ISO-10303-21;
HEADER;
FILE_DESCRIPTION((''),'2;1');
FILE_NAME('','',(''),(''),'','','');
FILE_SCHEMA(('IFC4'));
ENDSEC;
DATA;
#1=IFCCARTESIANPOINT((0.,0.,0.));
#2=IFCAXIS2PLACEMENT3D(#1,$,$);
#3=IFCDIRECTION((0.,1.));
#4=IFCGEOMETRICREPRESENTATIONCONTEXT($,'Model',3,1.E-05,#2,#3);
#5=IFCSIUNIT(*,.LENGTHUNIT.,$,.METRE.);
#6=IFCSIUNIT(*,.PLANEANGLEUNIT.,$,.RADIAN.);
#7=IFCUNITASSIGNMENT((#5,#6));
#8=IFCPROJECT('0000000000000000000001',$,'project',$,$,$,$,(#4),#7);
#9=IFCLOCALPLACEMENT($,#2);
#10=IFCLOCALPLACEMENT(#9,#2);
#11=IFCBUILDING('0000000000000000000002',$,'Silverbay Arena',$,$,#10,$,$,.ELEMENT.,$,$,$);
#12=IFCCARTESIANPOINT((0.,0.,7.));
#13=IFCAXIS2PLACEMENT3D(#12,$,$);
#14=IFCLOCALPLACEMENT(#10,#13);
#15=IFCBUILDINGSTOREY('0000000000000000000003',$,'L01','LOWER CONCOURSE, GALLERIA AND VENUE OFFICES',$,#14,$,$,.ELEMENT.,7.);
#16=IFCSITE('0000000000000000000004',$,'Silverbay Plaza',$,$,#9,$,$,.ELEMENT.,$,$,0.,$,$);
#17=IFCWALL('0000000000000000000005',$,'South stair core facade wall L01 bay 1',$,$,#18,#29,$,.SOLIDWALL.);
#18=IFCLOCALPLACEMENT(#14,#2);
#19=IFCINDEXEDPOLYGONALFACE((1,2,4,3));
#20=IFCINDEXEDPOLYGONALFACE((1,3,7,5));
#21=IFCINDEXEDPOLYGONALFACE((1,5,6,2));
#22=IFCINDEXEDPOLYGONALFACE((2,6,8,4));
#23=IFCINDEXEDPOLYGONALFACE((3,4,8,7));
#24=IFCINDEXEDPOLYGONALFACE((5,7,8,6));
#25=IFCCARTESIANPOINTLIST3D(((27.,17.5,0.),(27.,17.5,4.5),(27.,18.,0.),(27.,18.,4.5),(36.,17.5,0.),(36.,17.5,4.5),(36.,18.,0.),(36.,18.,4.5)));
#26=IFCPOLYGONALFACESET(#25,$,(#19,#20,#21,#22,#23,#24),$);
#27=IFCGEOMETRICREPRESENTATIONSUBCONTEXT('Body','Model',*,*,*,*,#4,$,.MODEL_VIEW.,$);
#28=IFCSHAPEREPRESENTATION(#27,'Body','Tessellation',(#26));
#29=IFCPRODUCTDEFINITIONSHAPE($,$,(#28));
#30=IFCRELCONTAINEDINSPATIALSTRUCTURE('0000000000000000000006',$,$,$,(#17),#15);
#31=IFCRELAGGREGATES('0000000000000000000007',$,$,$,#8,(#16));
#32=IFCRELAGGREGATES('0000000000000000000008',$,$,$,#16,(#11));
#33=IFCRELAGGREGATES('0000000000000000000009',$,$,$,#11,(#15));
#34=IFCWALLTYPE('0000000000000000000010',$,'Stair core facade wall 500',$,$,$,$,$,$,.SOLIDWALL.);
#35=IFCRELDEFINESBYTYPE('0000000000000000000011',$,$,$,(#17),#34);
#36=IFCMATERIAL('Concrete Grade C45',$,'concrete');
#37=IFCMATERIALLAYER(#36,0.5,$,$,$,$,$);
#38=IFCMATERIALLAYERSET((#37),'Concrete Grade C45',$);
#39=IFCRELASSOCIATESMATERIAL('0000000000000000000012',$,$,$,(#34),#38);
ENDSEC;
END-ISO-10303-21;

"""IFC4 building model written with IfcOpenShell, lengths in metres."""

from ifc_helpers import new_model, si_unit, direction, frame, frame_2d, origin, place, context, subcontext, project, spatial, rectangle, extrude, material, layer, layer_set, type_object, element, save


model = new_model("IFC4")

# Units and contexts
model_context = context("Model", 3, precision=1e-05, world=origin(), true_north=direction((0.0, 1.0)))
body_context = subcontext(model_context, "Body", "Model", "MODEL_VIEW")
ifc_project = project(units=[si_unit("LENGTHUNIT", "METRE"), si_unit("PLANEANGLEUNIT", "RADIAN")], contexts=[model_context])

# Site, building, storey
site_placement = place(None, origin())
site = spatial("IfcSite", under=ifc_project, at=site_placement, Name="Silverbay Plaza", CompositionType="ELEMENT", RefElevation=0.0)
building_placement = place(site_placement, origin())
building = spatial("IfcBuilding", under=site, at=building_placement, Name="Silverbay Arena", CompositionType="ELEMENT")
storey_placement = place(building_placement, frame((0.0, 0.0, 7.0)))
storey = spatial("IfcBuildingStorey", under=building, at=storey_placement, Name="L01", Description="LOWER CONCOURSE, GALLERIA AND VENUE OFFICES", CompositionType="ELEMENT", Elevation=7.0)

# Wall
ifc_material_1 = material(Name="Concrete Grade C45", Category="concrete")
ifc_layer_1 = layer(ifc_material_1, 0.5)
ifc_layer_set_1 = layer_set([ifc_layer_1], Name="Concrete Grade C45")
wall_type = type_object("IfcWallType", Name="Stair core facade wall 500", PredefinedType="SOLIDWALL", material=ifc_layer_set_1)
wall_placement = place(storey_placement, frame((27.0, 17.75, 0.0), z_axis=(0.0, 0.0, 1.0), x_axis=(1.0, 0.0, 0.0)))
element("IfcWall", 1, at=wall_placement, inside=storey, type_object=wall_type, Name="South stair core facade wall L01 bay 1", PredefinedType="SOLIDWALL", context=body_context, shape_type="SweptSolid", body=[
    extrude(rectangle(XDim=9.0, YDim=0.5, at=frame_2d((4.5, 0.0))), origin(), (0.0, 0.0, 1.0), 4.5),
])

save(model, "model.ifc")
